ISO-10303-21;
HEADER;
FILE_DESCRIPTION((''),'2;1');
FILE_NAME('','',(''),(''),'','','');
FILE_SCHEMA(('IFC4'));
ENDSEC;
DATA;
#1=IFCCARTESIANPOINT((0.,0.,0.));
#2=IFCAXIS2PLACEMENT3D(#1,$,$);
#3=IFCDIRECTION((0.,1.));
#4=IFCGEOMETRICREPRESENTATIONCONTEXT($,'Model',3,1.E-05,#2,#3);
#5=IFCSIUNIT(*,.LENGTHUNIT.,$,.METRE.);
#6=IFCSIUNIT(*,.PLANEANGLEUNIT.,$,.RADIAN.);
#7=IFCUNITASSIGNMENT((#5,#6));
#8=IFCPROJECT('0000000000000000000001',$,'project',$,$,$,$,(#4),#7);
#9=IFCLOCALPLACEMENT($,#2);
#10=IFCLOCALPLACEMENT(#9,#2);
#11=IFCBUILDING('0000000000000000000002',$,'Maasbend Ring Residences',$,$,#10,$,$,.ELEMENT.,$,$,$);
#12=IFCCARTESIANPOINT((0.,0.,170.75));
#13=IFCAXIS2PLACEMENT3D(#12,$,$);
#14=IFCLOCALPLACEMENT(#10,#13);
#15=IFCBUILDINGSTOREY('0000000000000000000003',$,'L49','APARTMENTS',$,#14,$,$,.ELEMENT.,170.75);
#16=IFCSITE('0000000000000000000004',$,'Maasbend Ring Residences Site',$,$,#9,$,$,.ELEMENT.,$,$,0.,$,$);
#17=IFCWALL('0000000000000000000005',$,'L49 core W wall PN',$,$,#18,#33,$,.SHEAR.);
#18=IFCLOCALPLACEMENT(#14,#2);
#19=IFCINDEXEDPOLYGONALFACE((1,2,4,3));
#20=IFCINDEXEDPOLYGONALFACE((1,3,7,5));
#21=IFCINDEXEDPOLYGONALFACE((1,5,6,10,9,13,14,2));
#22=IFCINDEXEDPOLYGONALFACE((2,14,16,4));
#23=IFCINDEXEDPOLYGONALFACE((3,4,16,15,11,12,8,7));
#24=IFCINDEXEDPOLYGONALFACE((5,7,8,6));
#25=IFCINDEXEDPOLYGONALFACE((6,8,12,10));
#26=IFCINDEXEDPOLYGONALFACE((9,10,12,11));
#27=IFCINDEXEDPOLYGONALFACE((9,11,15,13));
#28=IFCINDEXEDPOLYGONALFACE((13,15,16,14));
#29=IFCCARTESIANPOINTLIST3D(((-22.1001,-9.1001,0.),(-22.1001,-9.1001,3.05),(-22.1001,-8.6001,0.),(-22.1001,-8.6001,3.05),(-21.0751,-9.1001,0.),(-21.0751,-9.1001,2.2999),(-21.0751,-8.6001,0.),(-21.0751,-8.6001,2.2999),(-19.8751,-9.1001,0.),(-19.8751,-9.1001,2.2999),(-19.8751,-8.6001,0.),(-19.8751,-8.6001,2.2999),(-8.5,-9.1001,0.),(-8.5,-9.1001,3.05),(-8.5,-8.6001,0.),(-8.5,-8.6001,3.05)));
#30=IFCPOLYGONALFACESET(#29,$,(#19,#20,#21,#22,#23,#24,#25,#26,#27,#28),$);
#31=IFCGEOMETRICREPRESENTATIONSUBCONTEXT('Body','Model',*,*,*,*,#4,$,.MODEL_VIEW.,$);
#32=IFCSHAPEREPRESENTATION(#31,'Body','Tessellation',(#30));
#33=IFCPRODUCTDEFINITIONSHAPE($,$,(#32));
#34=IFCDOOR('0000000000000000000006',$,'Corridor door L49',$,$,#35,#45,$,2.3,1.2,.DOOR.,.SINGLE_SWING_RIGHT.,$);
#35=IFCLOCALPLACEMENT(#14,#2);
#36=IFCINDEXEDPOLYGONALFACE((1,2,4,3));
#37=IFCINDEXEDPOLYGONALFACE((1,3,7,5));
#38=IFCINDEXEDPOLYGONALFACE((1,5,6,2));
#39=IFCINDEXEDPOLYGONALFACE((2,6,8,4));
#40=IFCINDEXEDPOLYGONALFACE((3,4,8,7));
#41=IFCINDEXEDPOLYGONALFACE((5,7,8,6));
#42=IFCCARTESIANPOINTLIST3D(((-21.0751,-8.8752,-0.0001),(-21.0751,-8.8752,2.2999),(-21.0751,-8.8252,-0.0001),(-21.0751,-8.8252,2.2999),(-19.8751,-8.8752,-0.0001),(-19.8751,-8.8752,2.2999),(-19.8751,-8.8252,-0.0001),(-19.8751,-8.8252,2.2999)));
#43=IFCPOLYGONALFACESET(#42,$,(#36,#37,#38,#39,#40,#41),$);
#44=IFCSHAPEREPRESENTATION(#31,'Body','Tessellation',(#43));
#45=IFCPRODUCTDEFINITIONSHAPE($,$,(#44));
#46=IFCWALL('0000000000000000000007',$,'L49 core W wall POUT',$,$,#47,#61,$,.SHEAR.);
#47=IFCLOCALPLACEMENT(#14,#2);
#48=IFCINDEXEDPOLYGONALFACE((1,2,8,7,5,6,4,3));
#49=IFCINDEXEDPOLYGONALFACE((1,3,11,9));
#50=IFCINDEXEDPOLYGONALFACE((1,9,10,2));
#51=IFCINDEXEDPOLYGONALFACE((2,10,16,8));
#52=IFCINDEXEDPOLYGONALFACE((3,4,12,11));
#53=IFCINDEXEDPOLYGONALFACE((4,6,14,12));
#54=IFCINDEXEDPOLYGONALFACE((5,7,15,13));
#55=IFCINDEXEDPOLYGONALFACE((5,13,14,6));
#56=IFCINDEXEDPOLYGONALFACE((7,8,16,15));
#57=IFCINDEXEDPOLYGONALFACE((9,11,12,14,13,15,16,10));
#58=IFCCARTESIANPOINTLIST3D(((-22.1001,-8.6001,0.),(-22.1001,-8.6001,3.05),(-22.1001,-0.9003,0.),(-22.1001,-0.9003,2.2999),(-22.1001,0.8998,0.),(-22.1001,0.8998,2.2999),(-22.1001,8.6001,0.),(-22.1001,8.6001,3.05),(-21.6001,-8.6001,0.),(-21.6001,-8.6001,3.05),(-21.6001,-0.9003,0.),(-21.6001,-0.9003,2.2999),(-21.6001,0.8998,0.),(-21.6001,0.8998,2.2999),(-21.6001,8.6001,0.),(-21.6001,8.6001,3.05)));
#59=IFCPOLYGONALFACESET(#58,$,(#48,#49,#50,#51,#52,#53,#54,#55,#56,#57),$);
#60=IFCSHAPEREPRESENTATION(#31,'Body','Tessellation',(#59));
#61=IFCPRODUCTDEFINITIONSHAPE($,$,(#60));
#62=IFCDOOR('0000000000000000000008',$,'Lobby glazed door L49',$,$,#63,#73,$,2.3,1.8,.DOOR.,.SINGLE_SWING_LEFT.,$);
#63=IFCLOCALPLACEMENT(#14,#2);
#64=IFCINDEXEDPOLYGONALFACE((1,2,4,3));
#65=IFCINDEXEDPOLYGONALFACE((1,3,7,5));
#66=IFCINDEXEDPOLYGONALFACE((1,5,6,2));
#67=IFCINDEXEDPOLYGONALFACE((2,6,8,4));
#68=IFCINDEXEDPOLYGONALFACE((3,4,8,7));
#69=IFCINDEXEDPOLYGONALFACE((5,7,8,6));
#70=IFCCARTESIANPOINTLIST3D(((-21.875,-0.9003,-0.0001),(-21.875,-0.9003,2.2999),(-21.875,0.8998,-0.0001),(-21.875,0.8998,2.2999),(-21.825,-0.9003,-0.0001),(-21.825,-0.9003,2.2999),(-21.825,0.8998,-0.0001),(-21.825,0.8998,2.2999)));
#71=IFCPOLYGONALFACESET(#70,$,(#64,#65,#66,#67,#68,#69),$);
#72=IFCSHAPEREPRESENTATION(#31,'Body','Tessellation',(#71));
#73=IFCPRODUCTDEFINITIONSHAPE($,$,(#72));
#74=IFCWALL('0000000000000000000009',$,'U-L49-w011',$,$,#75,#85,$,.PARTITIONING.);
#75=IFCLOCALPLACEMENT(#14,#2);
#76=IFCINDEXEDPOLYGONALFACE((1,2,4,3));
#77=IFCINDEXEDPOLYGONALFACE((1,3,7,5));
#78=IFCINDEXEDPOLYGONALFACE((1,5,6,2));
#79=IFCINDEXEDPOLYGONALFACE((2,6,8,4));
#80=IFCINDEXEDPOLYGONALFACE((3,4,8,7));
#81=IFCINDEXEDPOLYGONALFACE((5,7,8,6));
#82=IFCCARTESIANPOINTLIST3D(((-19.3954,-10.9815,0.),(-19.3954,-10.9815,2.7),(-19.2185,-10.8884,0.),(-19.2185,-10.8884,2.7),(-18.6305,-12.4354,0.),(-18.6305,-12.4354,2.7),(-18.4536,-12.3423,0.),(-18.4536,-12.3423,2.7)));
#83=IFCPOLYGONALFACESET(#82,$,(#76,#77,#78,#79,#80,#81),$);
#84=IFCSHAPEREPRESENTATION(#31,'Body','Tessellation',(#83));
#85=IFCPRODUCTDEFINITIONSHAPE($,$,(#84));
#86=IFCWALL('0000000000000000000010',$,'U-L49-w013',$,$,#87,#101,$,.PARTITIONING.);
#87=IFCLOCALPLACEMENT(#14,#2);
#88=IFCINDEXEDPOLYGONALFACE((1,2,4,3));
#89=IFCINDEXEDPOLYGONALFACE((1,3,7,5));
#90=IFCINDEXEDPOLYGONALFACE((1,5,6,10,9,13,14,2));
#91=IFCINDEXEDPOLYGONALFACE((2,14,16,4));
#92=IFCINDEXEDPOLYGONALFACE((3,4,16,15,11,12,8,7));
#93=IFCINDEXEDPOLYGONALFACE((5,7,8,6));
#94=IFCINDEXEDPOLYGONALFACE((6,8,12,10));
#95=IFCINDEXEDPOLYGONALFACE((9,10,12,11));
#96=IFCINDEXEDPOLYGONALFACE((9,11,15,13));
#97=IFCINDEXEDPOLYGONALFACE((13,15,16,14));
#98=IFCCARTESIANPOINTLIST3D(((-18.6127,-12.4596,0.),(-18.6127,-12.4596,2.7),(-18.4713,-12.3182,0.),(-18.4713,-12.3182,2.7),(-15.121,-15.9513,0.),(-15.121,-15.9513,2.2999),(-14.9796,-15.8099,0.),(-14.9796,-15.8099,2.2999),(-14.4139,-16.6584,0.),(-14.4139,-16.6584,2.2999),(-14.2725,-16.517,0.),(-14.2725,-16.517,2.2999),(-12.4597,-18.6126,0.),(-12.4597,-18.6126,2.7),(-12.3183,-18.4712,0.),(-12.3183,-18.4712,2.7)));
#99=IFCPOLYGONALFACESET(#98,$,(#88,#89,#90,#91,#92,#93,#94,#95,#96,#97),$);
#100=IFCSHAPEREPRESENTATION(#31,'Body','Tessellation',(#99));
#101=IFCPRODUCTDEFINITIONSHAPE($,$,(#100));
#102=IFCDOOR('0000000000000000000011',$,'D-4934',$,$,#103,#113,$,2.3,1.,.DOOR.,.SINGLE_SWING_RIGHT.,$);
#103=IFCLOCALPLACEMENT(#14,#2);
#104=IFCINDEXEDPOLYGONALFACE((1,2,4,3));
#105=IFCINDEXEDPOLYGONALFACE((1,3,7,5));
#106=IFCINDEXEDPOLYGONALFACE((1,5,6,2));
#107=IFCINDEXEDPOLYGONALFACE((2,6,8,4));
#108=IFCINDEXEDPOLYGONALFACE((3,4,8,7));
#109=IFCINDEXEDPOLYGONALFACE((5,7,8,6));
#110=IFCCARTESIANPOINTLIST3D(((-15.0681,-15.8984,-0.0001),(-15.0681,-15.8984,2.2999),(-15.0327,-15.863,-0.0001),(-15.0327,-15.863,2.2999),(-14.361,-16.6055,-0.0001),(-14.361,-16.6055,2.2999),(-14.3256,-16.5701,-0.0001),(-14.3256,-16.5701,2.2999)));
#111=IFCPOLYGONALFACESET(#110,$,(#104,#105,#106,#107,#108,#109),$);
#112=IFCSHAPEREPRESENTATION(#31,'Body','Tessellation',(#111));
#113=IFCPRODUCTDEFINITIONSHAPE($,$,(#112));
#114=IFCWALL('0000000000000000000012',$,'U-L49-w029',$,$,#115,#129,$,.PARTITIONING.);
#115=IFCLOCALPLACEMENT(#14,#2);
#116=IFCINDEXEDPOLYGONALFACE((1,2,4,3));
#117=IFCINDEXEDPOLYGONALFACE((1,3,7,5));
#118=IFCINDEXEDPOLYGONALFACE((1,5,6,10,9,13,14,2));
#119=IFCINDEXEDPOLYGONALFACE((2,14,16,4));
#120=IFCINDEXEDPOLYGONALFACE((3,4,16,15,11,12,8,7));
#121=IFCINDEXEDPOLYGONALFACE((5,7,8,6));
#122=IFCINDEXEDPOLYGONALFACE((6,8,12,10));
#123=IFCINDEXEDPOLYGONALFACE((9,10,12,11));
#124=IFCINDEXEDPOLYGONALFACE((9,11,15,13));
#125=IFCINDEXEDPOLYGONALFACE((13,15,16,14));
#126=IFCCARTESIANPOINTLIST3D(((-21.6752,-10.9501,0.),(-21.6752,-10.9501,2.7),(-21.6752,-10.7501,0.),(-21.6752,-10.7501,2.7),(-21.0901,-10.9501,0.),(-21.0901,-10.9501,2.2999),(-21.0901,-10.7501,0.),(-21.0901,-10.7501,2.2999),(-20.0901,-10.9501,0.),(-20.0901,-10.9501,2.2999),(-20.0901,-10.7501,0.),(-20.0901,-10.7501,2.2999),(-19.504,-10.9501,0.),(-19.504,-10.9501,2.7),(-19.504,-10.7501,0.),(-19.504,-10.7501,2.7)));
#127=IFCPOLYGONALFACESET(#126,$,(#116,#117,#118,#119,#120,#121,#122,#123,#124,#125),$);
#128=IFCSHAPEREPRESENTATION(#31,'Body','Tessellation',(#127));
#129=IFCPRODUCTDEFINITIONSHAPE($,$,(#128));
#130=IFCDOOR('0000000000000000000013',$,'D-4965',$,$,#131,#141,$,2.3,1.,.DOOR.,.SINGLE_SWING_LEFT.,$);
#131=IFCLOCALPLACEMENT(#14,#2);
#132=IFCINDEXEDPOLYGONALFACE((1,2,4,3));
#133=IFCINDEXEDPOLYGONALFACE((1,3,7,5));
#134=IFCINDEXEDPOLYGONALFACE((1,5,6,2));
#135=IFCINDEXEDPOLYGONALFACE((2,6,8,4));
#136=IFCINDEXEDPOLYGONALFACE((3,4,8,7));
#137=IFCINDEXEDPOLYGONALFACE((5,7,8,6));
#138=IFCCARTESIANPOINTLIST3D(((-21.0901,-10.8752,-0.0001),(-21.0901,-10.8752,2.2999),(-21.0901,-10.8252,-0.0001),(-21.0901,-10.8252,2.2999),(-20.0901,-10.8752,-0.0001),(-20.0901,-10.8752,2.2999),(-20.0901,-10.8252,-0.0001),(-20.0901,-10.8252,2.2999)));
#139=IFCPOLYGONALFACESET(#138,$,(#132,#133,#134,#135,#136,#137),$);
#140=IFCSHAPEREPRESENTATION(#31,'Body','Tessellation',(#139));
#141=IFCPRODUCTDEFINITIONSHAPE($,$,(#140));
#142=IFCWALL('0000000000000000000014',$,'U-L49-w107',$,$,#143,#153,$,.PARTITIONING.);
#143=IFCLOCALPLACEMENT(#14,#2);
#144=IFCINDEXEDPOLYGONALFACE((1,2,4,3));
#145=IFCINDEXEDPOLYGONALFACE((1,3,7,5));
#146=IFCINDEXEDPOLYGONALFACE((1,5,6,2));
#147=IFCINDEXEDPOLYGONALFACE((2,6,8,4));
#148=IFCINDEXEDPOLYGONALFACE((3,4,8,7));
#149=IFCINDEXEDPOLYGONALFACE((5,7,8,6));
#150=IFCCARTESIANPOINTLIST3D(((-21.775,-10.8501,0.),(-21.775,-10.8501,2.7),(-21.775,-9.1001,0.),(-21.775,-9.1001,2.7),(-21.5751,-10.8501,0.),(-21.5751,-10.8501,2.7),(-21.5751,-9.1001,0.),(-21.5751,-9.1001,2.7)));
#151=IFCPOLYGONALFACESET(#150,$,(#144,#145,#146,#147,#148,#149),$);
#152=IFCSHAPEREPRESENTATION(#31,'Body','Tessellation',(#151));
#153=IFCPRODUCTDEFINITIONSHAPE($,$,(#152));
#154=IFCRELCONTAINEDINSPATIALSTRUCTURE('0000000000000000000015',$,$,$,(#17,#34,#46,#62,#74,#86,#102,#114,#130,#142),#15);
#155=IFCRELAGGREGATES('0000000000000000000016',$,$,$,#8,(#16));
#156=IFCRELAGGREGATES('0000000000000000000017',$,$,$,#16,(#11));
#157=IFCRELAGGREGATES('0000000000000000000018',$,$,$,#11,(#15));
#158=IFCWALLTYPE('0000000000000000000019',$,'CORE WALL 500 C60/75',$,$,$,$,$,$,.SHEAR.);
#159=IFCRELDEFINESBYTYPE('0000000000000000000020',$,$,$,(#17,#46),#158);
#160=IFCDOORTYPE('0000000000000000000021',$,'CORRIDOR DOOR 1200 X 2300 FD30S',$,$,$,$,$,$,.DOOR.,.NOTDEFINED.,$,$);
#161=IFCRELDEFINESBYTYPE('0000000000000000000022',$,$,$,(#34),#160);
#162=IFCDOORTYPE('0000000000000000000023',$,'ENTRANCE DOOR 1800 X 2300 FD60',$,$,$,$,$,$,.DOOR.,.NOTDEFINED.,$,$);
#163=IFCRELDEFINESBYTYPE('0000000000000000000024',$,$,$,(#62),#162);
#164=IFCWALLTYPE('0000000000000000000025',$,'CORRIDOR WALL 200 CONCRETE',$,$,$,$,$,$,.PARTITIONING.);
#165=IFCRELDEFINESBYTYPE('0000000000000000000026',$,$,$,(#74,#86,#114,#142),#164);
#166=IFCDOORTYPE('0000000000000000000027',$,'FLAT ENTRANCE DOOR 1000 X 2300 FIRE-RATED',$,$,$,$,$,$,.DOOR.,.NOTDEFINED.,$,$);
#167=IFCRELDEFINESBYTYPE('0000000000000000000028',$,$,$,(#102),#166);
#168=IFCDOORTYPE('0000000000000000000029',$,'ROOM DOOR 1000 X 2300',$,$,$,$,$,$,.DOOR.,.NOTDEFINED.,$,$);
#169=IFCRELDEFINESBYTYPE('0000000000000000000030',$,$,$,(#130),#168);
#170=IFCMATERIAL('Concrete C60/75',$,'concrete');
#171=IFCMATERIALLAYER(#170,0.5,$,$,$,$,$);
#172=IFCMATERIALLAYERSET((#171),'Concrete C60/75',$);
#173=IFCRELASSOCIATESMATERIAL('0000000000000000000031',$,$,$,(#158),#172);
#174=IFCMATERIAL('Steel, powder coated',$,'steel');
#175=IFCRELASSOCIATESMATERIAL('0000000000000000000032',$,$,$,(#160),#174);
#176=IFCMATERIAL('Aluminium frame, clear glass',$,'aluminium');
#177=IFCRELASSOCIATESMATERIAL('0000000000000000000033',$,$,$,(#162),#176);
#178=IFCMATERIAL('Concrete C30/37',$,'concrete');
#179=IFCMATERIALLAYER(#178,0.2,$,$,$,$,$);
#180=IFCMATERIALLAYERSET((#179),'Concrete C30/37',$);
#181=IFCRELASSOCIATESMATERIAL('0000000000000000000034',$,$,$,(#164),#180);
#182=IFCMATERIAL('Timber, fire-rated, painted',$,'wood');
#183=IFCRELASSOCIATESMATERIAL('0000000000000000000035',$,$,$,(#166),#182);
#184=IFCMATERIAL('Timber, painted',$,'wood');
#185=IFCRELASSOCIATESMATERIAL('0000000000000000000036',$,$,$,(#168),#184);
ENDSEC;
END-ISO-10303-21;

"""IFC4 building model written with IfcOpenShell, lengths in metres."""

from ifc_helpers import new_model, si_unit, direction, frame, frame_2d, origin, place, context, subcontext, project, spatial, rectangle, extrude, material, layer, layer_set, type_object, element, fill, save


model = new_model("IFC4")

# Units and contexts
model_context = context("Model", 3, precision=1e-05, world=origin(), true_north=direction((0.0, 1.0)))
body_context = subcontext(model_context, "Body", "Model", "MODEL_VIEW")
ifc_project = project(units=[si_unit("LENGTHUNIT", "METRE"), si_unit("PLANEANGLEUNIT", "RADIAN")], contexts=[model_context])

# Site, building, storey
site_placement = place(None, origin())
site = spatial("IfcSite", under=ifc_project, at=site_placement, Name="Maasbend Ring Residences Site", CompositionType="ELEMENT", RefElevation=0.0)
building_placement = place(site_placement, origin())
building = spatial("IfcBuilding", under=site, at=building_placement, Name="Maasbend Ring Residences", CompositionType="ELEMENT")
storey_placement = place(building_placement, frame((0.0, 0.0, 170.75)))
storey = spatial("IfcBuildingStorey", under=building, at=storey_placement, Name="L49", Description="APARTMENTS", CompositionType="ELEMENT", Elevation=170.75)

# Walls, openings, doors
ifc_material_1 = material(Name="Concrete C60/75", Category="concrete")
ifc_layer_1 = layer(ifc_material_1, 0.5)
ifc_layer_set_1 = layer_set([ifc_layer_1], Name="Concrete C60/75")
wall_type_1 = type_object("IfcWallType", Name="CORE WALL 500 C60/75", PredefinedType="SHEAR", material=ifc_layer_set_1)
wall_1_placement = place(storey_placement, frame((-22.1001, -8.8501, 0.0), z_axis=(0.0, 0.0, 1.0), x_axis=(1.0, 0.0, 0.0)))
wall_1 = element("IfcWall", 1, at=wall_1_placement, inside=storey, type_object=wall_type_1, Name="L49 core W wall PN", PredefinedType="SHEAR", context=body_context, shape_type="SweptSolid", body=[
    extrude(rectangle(XDim=13.6001, YDim=0.5, at=frame_2d((6.8, 0.0))), origin(), (0.0, 0.0, 1.0), 3.05),
])
opening_1_placement = place(wall_1_placement, frame((1.0249, 0.0, 0.0)))
opening_1 = element("IfcOpeningElement", 2, at=opening_1_placement, cuts=wall_1, PredefinedType="OPENING", context=body_context, shape_type="SweptSolid", body=[
    extrude(rectangle(XDim=1.2, YDim=2.3, at=frame_2d((0.6001, 1.1499))), frame((0.0, 0.26, 0.0), z_axis=(0.0, -1.0, 0.0), x_axis=(1.0, 0.0, 0.0)), (0.0, 0.0, 1.0), 0.52),
])
ifc_material_2 = material(Name="Steel, powder coated", Category="steel")
door_type_1 = type_object("IfcDoorType", Name="CORRIDOR DOOR 1200 X 2300 FD30S", OperationType="NOTDEFINED", PredefinedType="DOOR", material=ifc_material_2)
door_1_placement = place(opening_1_placement, origin())
door_1 = element("IfcDoor", 3, at=door_1_placement, inside=storey, type_object=door_type_1, Name="Corridor door L49", OperationType="SINGLE_SWING_RIGHT", OverallHeight=2.3, OverallWidth=1.2, PredefinedType="DOOR", context=body_context, shape_type="SweptSolid", body=[
    extrude(rectangle(XDim=1.2, YDim=2.3, at=frame_2d((0.6001, 1.1499))), frame((0.0, 0.0249, 0.0), z_axis=(0.0, -1.0, 0.0), x_axis=(1.0, 0.0, 0.0)), (0.0, 0.0, 1.0), 0.05),
])
fill(opening_1, door_1)
wall_2_placement = place(storey_placement, frame((-21.8501, -8.6001, 0.0), z_axis=(0.0, 0.0, 1.0), x_axis=(0.0, 1.0, 0.0)))
wall_2 = element("IfcWall", 4, at=wall_2_placement, inside=storey, type_object=wall_type_1, Name="L49 core W wall POUT", PredefinedType="SHEAR", context=body_context, shape_type="SweptSolid", body=[
    extrude(rectangle(XDim=17.2002, YDim=0.5, at=frame_2d((8.6001, 0.0))), origin(), (0.0, 0.0, 1.0), 3.05),
])
opening_2_placement = place(wall_2_placement, frame((7.7, 0.0, 0.0)))
opening_2 = element("IfcOpeningElement", 5, at=opening_2_placement, cuts=wall_2, PredefinedType="OPENING", context=body_context, shape_type="SweptSolid", body=[
    extrude(rectangle(XDim=1.8, YDim=2.3, at=frame_2d((0.8999, 1.1499))), frame((0.0, 0.26, 0.0), z_axis=(0.0, -1.0, 0.0), x_axis=(1.0, 0.0, 0.0)), (0.0, 0.0, 1.0), 0.52),
])
ifc_material_3 = material(Name="Aluminium frame, clear glass", Category="aluminium")
door_type_2 = type_object("IfcDoorType", Name="ENTRANCE DOOR 1800 X 2300 FD60", OperationType="NOTDEFINED", PredefinedType="DOOR", material=ifc_material_3)
door_2_placement = place(opening_2_placement, origin())
door_2 = element("IfcDoor", 6, at=door_2_placement, inside=storey, type_object=door_type_2, Name="Lobby glazed door L49", OperationType="SINGLE_SWING_LEFT", OverallHeight=2.3, OverallWidth=1.8, PredefinedType="DOOR", context=body_context, shape_type="SweptSolid", body=[
    extrude(rectangle(XDim=1.8, YDim=2.3, at=frame_2d((0.8999, 1.1499))), frame((0.0, 0.0249, 0.0), z_axis=(0.0, -1.0, 0.0), x_axis=(1.0, 0.0, 0.0)), (0.0, 0.0, 1.0), 0.05),
])
fill(opening_2, door_2)

# Wall
ifc_material_4 = material(Name="Concrete C30/37", Category="concrete")
ifc_layer_2 = layer(ifc_material_4, 0.2)
ifc_layer_set_2 = layer_set([ifc_layer_2], Name="Concrete C30/37")
wall_type_2 = type_object("IfcWallType", Name="CORRIDOR WALL 200 CONCRETE", PredefinedType="PARTITIONING", material=ifc_layer_set_2)
wall_3_placement = place(storey_placement, frame((-19.3069, -10.9351, 0.0), z_axis=(0.0, 0.0, 1.0), x_axis=(0.465606, -0.884992, 0.0)))
element("IfcWall", 7, at=wall_3_placement, inside=storey, type_object=wall_type_2, Name="U-L49-w011", PredefinedType="PARTITIONING", context=body_context, shape_type="SweptSolid", body=[
    extrude(rectangle(XDim=1.6428, YDim=0.2, at=frame_2d((0.8213, 0.0))), origin(), (0.0, 0.0, 1.0), 2.7),
])

# Walls, openings, doors
wall_4_placement = place(storey_placement, frame((-18.542, -12.3889, 0.0), z_axis=(0.0, 0.0, 1.0), x_axis=(0.707107, -0.707107, 0.0)))
wall_4 = element("IfcWall", 8, at=wall_4_placement, inside=storey, type_object=wall_type_2, Name="U-L49-w013", PredefinedType="PARTITIONING", context=body_context, shape_type="SweptSolid", body=[
    extrude(rectangle(XDim=8.7017, YDim=0.2, at=frame_2d((4.3508, 0.0))), origin(), (0.0, 0.0, 1.0), 2.7),
])
opening_3_placement = place(wall_4_placement, frame((4.938, 0.0, 0.0)))
opening_3 = element("IfcOpeningElement", 9, at=opening_3_placement, cuts=wall_4, PredefinedType="OPENING", context=body_context, shape_type="SweptSolid", body=[
    extrude(rectangle(XDim=1.0, YDim=2.3, at=frame_2d((0.5, 1.1499))), frame((0.0, 0.1099, 0.0), z_axis=(0.0, -1.0, 0.0), x_axis=(1.0, 0.0, 0.0)), (0.0, 0.0, 1.0), 0.22),
])
ifc_material_5 = material(Name="Timber, fire-rated, painted", Category="wood")
door_type_3 = type_object("IfcDoorType", Name="FLAT ENTRANCE DOOR 1000 X 2300 FIRE-RATED", OperationType="NOTDEFINED", PredefinedType="DOOR", material=ifc_material_5)
door_3_placement = place(opening_3_placement, origin())
door_3 = element("IfcDoor", 10, at=door_3_placement, inside=storey, type_object=door_type_3, Name="D-4934", OperationType="SINGLE_SWING_RIGHT", OverallHeight=2.3, OverallWidth=1.0, PredefinedType="DOOR", context=body_context, shape_type="SweptSolid", body=[
    extrude(rectangle(XDim=1.0, YDim=2.3, at=frame_2d((0.5, 1.1499))), frame((0.0, 0.0249, 0.0), z_axis=(0.0, -1.0, 0.0), x_axis=(1.0, 0.0, 0.0)), (0.0, 0.0, 1.0), 0.05),
])
fill(opening_3, door_3)
wall_5_placement = place(storey_placement, frame((-21.675, -10.8501, 0.0), z_axis=(0.0, 0.0, 1.0), x_axis=(1.0, 0.0, 0.0)))
wall_5 = element("IfcWall", 11, at=wall_5_placement, inside=storey, type_object=wall_type_2, Name="U-L49-w029", PredefinedType="PARTITIONING", context=body_context, shape_type="SweptSolid", body=[
    extrude(rectangle(XDim=2.1711, YDim=0.2, at=frame_2d((1.0854, 0.0))), origin(), (0.0, 0.0, 1.0), 2.7),
])
opening_4_placement = place(wall_5_placement, frame((0.585, 0.0, 0.0)))
opening_4 = element("IfcOpeningElement", 12, at=opening_4_placement, cuts=wall_5, PredefinedType="OPENING", context=body_context, shape_type="SweptSolid", body=[
    extrude(rectangle(XDim=1.0, YDim=2.3, at=frame_2d((0.5, 1.1499))), frame((0.0, 0.1099, 0.0), z_axis=(0.0, -1.0, 0.0), x_axis=(1.0, 0.0, 0.0)), (0.0, 0.0, 1.0), 0.22),
])
ifc_material_6 = material(Name="Timber, painted", Category="wood")
door_type_4 = type_object("IfcDoorType", Name="ROOM DOOR 1000 X 2300", OperationType="NOTDEFINED", PredefinedType="DOOR", material=ifc_material_6)
door_4_placement = place(opening_4_placement, origin())
door_4 = element("IfcDoor", 13, at=door_4_placement, inside=storey, type_object=door_type_4, Name="D-4965", OperationType="SINGLE_SWING_LEFT", OverallHeight=2.3, OverallWidth=1.0, PredefinedType="DOOR", context=body_context, shape_type="SweptSolid", body=[
    extrude(rectangle(XDim=1.0, YDim=2.3, at=frame_2d((0.5, 1.1499))), frame((0.0, 0.0249, 0.0), z_axis=(0.0, -1.0, 0.0), x_axis=(1.0, 0.0, 0.0)), (0.0, 0.0, 1.0), 0.05),
])
fill(opening_4, door_4)

# Wall
wall_6_placement = place(storey_placement, frame((-21.675, -10.8501, 0.0), z_axis=(0.0, 0.0, 1.0), x_axis=(0.0, 1.0, 0.0)))
element("IfcWall", 14, at=wall_6_placement, inside=storey, type_object=wall_type_2, Name="U-L49-w107", PredefinedType="PARTITIONING", context=body_context, shape_type="SweptSolid", body=[
    extrude(rectangle(XDim=1.75, YDim=0.2, at=frame_2d((0.875, 0.0))), origin(), (0.0, 0.0, 1.0), 2.7),
])

save(model, "model.ifc")
